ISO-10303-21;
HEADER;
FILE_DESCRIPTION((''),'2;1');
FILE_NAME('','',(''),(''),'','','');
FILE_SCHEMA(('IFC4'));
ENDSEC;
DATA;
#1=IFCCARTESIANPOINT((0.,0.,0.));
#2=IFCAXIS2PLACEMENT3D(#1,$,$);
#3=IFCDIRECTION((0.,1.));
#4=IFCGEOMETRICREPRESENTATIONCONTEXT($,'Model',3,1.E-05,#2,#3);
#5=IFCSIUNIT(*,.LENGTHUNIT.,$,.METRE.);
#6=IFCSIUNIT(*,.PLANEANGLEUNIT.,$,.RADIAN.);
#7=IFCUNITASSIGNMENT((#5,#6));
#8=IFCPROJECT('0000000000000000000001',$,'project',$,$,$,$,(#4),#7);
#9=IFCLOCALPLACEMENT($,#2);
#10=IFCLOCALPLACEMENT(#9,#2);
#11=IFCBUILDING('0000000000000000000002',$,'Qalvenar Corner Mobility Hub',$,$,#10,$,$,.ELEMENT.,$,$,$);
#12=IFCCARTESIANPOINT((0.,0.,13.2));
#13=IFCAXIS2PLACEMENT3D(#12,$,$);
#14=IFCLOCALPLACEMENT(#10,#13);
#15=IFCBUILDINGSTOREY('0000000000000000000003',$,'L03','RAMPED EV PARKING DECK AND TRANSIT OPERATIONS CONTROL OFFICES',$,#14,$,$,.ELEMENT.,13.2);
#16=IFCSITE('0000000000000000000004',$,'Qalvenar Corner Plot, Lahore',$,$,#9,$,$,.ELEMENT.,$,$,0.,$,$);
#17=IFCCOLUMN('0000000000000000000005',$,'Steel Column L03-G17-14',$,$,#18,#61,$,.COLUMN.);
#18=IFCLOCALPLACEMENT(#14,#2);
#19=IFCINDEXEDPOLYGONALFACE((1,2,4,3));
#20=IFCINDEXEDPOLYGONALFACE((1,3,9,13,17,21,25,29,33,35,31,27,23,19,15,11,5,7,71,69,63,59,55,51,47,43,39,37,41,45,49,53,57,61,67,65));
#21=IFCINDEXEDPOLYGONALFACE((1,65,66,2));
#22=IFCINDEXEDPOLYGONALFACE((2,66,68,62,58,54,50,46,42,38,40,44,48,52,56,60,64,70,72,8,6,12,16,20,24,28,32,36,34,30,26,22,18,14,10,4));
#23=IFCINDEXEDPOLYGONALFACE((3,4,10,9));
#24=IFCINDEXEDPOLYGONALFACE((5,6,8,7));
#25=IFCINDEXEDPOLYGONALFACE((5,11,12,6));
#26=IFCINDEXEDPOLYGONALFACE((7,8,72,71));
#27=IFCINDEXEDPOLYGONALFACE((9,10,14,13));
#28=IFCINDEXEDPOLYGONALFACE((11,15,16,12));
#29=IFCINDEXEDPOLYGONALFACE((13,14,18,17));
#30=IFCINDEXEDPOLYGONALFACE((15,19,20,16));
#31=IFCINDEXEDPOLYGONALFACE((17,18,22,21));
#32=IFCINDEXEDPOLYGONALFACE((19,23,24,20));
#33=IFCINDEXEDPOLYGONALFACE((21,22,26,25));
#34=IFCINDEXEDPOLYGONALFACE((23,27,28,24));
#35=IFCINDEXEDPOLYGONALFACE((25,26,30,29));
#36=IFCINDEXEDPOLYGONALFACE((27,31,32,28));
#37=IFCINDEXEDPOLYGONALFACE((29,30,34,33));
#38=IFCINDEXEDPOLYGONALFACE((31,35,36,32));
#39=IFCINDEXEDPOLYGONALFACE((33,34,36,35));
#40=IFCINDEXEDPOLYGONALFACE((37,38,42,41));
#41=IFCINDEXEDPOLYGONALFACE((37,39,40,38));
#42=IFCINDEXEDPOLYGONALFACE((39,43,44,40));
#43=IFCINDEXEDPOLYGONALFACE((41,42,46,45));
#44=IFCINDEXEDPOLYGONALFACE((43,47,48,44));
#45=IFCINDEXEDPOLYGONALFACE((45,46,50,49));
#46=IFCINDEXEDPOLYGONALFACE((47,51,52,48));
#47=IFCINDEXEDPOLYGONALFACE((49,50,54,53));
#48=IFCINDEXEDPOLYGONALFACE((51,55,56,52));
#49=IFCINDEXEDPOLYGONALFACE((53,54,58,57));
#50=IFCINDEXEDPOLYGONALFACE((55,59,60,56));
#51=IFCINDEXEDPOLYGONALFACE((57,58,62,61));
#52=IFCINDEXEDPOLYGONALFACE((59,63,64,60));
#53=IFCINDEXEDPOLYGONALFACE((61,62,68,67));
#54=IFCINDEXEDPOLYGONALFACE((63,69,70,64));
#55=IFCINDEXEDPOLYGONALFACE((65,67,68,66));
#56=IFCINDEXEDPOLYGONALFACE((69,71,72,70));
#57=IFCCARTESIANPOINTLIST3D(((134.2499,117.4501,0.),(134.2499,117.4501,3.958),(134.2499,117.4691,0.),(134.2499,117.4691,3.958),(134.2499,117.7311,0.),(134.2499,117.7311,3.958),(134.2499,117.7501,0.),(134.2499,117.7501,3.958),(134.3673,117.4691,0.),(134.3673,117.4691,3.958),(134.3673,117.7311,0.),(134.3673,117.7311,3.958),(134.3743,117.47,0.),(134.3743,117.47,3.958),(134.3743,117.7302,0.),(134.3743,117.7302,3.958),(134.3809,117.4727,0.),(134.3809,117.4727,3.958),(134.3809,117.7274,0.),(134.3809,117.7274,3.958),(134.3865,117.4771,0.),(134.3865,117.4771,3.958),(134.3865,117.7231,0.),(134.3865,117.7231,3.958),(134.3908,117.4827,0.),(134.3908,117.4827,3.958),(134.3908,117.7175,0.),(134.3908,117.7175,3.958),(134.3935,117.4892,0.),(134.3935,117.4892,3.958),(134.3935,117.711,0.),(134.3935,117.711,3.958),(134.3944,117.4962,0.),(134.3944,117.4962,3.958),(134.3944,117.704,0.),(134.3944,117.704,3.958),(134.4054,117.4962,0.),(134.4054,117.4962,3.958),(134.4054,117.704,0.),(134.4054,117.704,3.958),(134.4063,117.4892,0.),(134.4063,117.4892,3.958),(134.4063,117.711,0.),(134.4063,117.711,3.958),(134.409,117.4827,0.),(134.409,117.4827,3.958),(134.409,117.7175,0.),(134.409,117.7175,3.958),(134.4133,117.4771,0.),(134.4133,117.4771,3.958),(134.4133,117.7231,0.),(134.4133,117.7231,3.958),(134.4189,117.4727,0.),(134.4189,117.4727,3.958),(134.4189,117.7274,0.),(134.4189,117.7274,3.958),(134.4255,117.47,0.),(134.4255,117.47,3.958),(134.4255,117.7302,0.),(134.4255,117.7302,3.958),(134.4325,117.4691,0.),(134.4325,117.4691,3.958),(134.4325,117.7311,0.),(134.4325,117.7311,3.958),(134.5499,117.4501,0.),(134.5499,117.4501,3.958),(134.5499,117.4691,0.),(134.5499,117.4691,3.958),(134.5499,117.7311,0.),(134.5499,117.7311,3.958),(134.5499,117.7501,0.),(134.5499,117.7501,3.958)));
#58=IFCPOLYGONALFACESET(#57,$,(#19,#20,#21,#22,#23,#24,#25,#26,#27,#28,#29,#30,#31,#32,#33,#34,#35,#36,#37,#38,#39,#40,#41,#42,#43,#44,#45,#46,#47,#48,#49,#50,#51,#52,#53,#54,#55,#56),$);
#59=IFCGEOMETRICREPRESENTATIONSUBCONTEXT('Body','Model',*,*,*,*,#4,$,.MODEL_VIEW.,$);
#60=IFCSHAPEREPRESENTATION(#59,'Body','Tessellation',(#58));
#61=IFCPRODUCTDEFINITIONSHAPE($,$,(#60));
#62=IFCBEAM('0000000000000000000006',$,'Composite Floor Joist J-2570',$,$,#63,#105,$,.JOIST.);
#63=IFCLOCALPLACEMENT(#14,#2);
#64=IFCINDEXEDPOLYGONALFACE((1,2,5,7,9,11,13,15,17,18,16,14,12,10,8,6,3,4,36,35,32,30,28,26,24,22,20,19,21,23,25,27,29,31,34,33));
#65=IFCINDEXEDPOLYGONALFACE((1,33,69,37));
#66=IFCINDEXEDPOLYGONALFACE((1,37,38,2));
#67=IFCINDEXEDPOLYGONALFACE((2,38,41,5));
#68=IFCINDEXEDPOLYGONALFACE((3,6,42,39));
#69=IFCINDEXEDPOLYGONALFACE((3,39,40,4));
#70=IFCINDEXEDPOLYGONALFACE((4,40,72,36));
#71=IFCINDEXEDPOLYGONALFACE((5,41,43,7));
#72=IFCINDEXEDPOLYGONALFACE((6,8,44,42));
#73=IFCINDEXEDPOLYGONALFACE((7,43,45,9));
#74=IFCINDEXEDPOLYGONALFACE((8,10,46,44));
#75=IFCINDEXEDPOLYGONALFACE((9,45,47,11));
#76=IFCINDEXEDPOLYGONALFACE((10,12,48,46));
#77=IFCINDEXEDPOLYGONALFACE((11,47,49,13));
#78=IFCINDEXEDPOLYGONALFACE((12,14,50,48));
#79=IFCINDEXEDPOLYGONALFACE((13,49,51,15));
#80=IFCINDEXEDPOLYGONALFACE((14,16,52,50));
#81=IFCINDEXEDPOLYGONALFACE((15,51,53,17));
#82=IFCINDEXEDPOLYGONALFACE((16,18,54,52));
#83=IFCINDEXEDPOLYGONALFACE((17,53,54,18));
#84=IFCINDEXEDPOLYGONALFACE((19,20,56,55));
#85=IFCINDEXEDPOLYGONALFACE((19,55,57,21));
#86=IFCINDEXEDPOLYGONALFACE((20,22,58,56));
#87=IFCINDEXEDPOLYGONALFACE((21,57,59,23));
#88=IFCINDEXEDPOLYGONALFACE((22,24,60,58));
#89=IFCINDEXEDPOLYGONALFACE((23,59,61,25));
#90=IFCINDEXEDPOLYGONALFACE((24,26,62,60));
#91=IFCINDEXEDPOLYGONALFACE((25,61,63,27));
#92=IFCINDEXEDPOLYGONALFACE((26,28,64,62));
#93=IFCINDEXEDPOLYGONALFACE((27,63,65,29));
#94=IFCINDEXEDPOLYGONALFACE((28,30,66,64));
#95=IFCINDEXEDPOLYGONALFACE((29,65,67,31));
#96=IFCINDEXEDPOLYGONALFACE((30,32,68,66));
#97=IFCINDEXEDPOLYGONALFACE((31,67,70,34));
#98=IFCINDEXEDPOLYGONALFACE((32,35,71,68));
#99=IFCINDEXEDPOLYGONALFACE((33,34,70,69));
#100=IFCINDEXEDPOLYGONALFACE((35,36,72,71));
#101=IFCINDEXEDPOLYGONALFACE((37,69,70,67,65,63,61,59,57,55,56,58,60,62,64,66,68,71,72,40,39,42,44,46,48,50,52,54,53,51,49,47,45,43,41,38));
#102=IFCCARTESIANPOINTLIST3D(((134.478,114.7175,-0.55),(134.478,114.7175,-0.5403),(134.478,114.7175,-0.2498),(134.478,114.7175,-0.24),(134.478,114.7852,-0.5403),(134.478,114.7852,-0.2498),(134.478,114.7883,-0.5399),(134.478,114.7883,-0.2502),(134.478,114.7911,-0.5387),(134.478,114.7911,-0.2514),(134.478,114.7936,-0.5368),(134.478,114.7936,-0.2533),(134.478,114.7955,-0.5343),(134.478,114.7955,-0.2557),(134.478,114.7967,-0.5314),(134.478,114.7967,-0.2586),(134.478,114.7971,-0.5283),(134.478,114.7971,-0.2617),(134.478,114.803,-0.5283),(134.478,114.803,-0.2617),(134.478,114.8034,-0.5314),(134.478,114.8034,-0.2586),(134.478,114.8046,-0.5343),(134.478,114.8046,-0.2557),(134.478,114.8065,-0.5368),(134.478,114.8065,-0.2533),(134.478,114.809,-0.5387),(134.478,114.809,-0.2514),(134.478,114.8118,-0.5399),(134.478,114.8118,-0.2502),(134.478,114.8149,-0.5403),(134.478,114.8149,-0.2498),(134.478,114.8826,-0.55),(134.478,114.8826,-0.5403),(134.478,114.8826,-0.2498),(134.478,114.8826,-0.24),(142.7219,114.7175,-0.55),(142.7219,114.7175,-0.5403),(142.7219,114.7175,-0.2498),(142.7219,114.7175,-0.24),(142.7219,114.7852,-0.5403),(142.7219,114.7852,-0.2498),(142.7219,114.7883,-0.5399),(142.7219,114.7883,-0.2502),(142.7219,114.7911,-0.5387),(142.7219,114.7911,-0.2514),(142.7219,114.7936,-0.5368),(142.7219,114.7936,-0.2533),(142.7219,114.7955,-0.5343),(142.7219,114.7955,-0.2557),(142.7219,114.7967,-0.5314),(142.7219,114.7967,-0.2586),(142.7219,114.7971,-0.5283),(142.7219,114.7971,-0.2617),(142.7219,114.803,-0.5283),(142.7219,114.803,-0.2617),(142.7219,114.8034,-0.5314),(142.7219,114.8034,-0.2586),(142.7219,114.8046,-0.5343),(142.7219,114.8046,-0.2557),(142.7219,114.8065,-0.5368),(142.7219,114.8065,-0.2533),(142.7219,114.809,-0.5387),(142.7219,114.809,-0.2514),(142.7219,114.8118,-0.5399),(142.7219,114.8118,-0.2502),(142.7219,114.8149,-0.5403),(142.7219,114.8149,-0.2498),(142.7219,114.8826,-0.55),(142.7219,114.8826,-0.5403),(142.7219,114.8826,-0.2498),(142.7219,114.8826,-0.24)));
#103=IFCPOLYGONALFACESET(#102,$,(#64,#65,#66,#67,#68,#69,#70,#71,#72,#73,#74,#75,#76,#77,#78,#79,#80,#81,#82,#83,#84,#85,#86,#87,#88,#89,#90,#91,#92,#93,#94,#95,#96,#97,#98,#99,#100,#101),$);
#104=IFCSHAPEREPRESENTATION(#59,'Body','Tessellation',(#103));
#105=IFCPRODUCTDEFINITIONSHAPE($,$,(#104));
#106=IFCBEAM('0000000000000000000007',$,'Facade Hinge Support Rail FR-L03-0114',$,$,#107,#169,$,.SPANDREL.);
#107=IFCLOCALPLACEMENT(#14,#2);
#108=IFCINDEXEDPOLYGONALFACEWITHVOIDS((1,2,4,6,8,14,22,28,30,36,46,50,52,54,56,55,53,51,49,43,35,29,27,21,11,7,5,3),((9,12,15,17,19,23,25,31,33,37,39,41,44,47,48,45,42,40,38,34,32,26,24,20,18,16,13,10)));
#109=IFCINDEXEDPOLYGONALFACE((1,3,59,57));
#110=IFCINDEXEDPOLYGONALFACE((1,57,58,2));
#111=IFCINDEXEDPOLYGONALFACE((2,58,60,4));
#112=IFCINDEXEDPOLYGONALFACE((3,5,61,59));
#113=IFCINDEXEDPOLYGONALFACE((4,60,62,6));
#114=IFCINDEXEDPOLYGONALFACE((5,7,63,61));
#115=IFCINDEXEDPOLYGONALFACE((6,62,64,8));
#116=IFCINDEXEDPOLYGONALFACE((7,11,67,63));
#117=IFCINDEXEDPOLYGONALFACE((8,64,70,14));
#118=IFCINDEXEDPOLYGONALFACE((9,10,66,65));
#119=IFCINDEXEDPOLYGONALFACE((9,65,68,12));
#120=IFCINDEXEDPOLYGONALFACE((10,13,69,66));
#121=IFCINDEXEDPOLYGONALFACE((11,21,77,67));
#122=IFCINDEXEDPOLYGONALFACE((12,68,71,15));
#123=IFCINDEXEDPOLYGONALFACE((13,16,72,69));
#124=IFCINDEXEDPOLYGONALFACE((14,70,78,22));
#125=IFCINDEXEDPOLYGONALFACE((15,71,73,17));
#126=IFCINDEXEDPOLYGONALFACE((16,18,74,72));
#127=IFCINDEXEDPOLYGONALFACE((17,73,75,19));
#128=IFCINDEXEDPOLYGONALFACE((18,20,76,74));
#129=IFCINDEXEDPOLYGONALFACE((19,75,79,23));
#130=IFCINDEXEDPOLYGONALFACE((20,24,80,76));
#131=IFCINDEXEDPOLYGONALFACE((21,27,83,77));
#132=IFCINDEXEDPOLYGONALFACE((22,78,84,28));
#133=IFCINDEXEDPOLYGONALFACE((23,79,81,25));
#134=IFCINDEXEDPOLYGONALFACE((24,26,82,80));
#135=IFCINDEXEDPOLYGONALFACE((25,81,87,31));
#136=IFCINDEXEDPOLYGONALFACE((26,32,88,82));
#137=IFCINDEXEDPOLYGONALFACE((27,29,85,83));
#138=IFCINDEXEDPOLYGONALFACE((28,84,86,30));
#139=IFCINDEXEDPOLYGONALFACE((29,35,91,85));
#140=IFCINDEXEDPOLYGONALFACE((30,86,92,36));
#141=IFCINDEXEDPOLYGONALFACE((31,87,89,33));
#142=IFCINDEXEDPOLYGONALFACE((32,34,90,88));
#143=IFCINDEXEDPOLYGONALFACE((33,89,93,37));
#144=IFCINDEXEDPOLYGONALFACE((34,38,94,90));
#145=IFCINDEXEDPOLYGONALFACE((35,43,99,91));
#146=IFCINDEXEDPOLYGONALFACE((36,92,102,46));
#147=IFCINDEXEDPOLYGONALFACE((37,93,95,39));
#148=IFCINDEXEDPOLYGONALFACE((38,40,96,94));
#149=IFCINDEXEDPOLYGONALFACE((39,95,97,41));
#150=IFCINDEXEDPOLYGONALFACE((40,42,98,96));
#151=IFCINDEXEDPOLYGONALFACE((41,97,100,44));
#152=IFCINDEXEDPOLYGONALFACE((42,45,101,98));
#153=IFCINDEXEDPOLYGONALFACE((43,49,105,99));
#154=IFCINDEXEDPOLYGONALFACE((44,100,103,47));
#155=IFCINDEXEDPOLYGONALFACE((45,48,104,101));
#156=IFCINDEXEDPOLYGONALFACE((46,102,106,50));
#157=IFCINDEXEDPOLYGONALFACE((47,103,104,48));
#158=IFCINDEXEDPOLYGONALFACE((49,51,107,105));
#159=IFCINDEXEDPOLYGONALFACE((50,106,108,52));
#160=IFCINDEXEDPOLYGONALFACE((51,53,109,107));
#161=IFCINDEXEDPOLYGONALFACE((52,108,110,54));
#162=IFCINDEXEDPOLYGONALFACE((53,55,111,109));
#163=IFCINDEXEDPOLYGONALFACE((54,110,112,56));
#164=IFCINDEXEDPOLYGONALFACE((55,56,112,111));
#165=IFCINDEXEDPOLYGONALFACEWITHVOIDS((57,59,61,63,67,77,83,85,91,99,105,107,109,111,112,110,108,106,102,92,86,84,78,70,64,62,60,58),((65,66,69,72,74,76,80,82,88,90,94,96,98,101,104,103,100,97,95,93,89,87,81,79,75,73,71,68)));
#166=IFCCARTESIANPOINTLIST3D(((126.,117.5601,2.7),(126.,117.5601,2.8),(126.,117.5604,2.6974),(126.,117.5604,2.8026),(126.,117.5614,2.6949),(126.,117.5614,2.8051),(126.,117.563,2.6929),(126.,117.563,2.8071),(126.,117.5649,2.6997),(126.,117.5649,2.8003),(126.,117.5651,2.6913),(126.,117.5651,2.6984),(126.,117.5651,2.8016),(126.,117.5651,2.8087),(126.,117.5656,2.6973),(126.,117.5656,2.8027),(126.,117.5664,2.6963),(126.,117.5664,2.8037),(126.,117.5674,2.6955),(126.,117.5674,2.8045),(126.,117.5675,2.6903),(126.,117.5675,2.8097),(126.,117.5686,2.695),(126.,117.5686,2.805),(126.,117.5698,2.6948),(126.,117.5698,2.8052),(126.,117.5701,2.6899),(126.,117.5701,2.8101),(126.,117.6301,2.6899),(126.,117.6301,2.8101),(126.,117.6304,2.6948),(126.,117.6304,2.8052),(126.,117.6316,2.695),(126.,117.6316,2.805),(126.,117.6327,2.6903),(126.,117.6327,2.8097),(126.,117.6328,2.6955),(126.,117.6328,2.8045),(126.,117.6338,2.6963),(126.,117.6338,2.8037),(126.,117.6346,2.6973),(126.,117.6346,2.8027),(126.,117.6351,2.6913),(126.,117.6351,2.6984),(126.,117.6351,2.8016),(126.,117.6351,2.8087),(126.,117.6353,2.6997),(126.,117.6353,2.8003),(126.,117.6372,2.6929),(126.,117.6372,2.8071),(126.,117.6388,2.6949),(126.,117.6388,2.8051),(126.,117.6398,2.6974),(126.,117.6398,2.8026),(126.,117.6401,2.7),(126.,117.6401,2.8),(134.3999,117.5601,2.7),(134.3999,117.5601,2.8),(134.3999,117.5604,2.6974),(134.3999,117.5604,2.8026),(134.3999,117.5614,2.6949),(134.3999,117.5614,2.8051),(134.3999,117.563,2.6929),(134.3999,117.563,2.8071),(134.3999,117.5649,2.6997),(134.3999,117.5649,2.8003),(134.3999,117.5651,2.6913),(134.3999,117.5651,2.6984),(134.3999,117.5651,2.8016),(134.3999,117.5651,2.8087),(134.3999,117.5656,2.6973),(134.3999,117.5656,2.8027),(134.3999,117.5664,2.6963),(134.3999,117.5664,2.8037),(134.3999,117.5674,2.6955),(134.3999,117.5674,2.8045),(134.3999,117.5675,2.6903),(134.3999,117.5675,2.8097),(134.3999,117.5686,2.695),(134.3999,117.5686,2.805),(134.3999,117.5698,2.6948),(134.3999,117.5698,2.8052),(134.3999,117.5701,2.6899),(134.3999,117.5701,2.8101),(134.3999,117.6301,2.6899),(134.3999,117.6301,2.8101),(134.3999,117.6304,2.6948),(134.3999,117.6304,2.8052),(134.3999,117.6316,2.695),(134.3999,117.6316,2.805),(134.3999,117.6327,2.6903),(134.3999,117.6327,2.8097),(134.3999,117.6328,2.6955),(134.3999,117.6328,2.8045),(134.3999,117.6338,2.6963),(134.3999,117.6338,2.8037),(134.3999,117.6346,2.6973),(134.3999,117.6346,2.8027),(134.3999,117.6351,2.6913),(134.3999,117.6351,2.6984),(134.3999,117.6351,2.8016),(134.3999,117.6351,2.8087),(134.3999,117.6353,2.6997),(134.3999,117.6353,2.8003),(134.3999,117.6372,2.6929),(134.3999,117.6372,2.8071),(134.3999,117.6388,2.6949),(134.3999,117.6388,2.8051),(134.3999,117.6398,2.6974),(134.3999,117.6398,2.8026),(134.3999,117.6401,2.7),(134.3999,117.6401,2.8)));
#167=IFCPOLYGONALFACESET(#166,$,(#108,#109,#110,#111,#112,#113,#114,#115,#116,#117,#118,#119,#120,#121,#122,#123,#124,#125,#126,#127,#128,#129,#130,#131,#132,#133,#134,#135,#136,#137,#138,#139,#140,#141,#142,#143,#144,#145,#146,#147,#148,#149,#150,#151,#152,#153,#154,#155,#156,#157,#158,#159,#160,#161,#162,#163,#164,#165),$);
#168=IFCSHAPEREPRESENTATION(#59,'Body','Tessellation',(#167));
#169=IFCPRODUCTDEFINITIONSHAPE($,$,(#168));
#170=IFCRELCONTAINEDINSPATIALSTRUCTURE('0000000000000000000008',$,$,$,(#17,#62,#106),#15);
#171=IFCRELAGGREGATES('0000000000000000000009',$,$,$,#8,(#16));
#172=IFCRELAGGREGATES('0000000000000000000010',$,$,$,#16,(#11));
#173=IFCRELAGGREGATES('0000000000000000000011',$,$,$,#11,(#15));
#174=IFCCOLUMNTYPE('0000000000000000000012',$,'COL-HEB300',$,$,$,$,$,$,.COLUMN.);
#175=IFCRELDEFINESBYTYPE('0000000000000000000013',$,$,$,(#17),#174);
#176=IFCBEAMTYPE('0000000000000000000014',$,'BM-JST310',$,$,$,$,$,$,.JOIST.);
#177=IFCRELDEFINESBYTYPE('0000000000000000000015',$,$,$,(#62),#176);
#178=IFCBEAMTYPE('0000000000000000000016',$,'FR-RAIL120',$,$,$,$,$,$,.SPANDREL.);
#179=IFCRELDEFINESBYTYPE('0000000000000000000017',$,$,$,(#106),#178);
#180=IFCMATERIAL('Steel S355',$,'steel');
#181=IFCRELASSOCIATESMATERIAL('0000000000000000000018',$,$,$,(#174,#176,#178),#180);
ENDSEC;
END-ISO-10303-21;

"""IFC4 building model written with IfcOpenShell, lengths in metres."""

from ifc_helpers import new_model, si_unit, direction, frame, origin, origin_2d, place, context, subcontext, project, spatial, hollow_rectangle, i_section, extrude, material, material_profile, profile_set, type_object, element, save


model = new_model("IFC4")

# Units and contexts
model_context = context("Model", 3, precision=1e-05, world=origin(), true_north=direction((0.0, 1.0)))
body_context = subcontext(model_context, "Body", "Model", "MODEL_VIEW")
ifc_project = project(units=[si_unit("LENGTHUNIT", "METRE"), si_unit("PLANEANGLEUNIT", "RADIAN")], contexts=[model_context])

# Site, building, storey
site_placement = place(None, origin())
site = spatial("IfcSite", under=ifc_project, at=site_placement, Name="Qalvenar Corner Plot, Lahore", CompositionType="ELEMENT", RefElevation=0.0)
building_placement = place(site_placement, origin())
building = spatial("IfcBuilding", under=site, at=building_placement, Name="Qalvenar Corner Mobility Hub", CompositionType="ELEMENT")
storey_placement = place(building_placement, frame((0.0, 0.0, 13.2)))
storey = spatial("IfcBuildingStorey", under=building, at=storey_placement, Name="L03", Description="RAMPED EV PARKING DECK AND TRANSIT OPERATIONS CONTROL OFFICES", CompositionType="ELEMENT", Elevation=13.2)

# Column
ifc_material_1 = material(Name="Steel S355", Category="steel")
ifc_material_profile_1 = material_profile(ifc_material_1, i_section(OverallWidth=0.3, OverallDepth=0.3, WebThickness=0.011, FlangeThickness=0.019, FilletRadius=0.0271, at=origin_2d()), Name="HEB300")
ifc_profile_set_1 = profile_set([ifc_material_profile_1], Name="Steel S355")
column_type = type_object("IfcColumnType", Name="COL-HEB300", PredefinedType="COLUMN", material=ifc_profile_set_1)
column_placement = place(storey_placement, frame((134.3999, 117.6001, 0.0), z_axis=(0.0, 0.0, 1.0), x_axis=(1.0, 0.0, 0.0)))
element("IfcColumn", 1, at=column_placement, inside=storey, type_object=column_type, Name="Steel Column L03-G17-14", PredefinedType="COLUMN", context=body_context, shape_type="SweptSolid", body=[
    extrude(i_section(OverallWidth=0.3, OverallDepth=0.3, WebThickness=0.011, FlangeThickness=0.019, FilletRadius=0.0271, at=origin_2d()), origin(), (0.0, 0.0, 1.0), 3.958),
])

# Beams
ifc_material_profile_2 = material_profile(ifc_material_1, i_section(OverallWidth=0.165, OverallDepth=0.3101, WebThickness=0.0059, FlangeThickness=0.0098, FilletRadius=0.012, at=origin_2d()), Name="W310x38.7")
ifc_profile_set_2 = profile_set([ifc_material_profile_2], Name="Steel S355")
beam_type_1 = type_object("IfcBeamType", Name="BM-JST310", PredefinedType="JOIST", material=ifc_profile_set_2)
beam_1_placement = place(storey_placement, frame((134.478, 114.8, -0.395), z_axis=(1.0, 0.0, 0.0), x_axis=(0.0, 1.0, 0.0)))
element("IfcBeam", 2, at=beam_1_placement, inside=storey, type_object=beam_type_1, Name="Composite Floor Joist J-2570", PredefinedType="JOIST", context=body_context, shape_type="SweptSolid", body=[
    extrude(i_section(OverallWidth=0.165, OverallDepth=0.3101, WebThickness=0.0059, FlangeThickness=0.0098, FilletRadius=0.012, at=origin_2d()), origin(), (0.0, 0.0, 1.0), 8.2439),
])
ifc_material_profile_3 = material_profile(ifc_material_1, hollow_rectangle(XDim=0.0801, YDim=0.1201, WallThickness=0.0049, InnerFilletRadius=0.0049, OuterFilletRadius=0.01, at=origin_2d()), Name="RHS120x80x5")
ifc_profile_set_3 = profile_set([ifc_material_profile_3], Name="Steel S355")
beam_type_2 = type_object("IfcBeamType", Name="FR-RAIL120", PredefinedType="SPANDREL", material=ifc_profile_set_3)
beam_2_placement = place(storey_placement, frame((134.3999, 117.6001, 2.75), z_axis=(-1.0, 0.0, 0.0), x_axis=(0.0, -1.0, 0.0)))
element("IfcBeam", 3, at=beam_2_placement, inside=storey, type_object=beam_type_2, Name="Facade Hinge Support Rail FR-L03-0114", PredefinedType="SPANDREL", context=body_context, shape_type="SweptSolid", body=[
    extrude(hollow_rectangle(XDim=0.0801, YDim=0.1201, WallThickness=0.0049, InnerFilletRadius=0.0049, OuterFilletRadius=0.01, at=origin_2d()), origin(), (0.0, 0.0, 1.0), 8.3999),
])

save(model, "model.ifc")
